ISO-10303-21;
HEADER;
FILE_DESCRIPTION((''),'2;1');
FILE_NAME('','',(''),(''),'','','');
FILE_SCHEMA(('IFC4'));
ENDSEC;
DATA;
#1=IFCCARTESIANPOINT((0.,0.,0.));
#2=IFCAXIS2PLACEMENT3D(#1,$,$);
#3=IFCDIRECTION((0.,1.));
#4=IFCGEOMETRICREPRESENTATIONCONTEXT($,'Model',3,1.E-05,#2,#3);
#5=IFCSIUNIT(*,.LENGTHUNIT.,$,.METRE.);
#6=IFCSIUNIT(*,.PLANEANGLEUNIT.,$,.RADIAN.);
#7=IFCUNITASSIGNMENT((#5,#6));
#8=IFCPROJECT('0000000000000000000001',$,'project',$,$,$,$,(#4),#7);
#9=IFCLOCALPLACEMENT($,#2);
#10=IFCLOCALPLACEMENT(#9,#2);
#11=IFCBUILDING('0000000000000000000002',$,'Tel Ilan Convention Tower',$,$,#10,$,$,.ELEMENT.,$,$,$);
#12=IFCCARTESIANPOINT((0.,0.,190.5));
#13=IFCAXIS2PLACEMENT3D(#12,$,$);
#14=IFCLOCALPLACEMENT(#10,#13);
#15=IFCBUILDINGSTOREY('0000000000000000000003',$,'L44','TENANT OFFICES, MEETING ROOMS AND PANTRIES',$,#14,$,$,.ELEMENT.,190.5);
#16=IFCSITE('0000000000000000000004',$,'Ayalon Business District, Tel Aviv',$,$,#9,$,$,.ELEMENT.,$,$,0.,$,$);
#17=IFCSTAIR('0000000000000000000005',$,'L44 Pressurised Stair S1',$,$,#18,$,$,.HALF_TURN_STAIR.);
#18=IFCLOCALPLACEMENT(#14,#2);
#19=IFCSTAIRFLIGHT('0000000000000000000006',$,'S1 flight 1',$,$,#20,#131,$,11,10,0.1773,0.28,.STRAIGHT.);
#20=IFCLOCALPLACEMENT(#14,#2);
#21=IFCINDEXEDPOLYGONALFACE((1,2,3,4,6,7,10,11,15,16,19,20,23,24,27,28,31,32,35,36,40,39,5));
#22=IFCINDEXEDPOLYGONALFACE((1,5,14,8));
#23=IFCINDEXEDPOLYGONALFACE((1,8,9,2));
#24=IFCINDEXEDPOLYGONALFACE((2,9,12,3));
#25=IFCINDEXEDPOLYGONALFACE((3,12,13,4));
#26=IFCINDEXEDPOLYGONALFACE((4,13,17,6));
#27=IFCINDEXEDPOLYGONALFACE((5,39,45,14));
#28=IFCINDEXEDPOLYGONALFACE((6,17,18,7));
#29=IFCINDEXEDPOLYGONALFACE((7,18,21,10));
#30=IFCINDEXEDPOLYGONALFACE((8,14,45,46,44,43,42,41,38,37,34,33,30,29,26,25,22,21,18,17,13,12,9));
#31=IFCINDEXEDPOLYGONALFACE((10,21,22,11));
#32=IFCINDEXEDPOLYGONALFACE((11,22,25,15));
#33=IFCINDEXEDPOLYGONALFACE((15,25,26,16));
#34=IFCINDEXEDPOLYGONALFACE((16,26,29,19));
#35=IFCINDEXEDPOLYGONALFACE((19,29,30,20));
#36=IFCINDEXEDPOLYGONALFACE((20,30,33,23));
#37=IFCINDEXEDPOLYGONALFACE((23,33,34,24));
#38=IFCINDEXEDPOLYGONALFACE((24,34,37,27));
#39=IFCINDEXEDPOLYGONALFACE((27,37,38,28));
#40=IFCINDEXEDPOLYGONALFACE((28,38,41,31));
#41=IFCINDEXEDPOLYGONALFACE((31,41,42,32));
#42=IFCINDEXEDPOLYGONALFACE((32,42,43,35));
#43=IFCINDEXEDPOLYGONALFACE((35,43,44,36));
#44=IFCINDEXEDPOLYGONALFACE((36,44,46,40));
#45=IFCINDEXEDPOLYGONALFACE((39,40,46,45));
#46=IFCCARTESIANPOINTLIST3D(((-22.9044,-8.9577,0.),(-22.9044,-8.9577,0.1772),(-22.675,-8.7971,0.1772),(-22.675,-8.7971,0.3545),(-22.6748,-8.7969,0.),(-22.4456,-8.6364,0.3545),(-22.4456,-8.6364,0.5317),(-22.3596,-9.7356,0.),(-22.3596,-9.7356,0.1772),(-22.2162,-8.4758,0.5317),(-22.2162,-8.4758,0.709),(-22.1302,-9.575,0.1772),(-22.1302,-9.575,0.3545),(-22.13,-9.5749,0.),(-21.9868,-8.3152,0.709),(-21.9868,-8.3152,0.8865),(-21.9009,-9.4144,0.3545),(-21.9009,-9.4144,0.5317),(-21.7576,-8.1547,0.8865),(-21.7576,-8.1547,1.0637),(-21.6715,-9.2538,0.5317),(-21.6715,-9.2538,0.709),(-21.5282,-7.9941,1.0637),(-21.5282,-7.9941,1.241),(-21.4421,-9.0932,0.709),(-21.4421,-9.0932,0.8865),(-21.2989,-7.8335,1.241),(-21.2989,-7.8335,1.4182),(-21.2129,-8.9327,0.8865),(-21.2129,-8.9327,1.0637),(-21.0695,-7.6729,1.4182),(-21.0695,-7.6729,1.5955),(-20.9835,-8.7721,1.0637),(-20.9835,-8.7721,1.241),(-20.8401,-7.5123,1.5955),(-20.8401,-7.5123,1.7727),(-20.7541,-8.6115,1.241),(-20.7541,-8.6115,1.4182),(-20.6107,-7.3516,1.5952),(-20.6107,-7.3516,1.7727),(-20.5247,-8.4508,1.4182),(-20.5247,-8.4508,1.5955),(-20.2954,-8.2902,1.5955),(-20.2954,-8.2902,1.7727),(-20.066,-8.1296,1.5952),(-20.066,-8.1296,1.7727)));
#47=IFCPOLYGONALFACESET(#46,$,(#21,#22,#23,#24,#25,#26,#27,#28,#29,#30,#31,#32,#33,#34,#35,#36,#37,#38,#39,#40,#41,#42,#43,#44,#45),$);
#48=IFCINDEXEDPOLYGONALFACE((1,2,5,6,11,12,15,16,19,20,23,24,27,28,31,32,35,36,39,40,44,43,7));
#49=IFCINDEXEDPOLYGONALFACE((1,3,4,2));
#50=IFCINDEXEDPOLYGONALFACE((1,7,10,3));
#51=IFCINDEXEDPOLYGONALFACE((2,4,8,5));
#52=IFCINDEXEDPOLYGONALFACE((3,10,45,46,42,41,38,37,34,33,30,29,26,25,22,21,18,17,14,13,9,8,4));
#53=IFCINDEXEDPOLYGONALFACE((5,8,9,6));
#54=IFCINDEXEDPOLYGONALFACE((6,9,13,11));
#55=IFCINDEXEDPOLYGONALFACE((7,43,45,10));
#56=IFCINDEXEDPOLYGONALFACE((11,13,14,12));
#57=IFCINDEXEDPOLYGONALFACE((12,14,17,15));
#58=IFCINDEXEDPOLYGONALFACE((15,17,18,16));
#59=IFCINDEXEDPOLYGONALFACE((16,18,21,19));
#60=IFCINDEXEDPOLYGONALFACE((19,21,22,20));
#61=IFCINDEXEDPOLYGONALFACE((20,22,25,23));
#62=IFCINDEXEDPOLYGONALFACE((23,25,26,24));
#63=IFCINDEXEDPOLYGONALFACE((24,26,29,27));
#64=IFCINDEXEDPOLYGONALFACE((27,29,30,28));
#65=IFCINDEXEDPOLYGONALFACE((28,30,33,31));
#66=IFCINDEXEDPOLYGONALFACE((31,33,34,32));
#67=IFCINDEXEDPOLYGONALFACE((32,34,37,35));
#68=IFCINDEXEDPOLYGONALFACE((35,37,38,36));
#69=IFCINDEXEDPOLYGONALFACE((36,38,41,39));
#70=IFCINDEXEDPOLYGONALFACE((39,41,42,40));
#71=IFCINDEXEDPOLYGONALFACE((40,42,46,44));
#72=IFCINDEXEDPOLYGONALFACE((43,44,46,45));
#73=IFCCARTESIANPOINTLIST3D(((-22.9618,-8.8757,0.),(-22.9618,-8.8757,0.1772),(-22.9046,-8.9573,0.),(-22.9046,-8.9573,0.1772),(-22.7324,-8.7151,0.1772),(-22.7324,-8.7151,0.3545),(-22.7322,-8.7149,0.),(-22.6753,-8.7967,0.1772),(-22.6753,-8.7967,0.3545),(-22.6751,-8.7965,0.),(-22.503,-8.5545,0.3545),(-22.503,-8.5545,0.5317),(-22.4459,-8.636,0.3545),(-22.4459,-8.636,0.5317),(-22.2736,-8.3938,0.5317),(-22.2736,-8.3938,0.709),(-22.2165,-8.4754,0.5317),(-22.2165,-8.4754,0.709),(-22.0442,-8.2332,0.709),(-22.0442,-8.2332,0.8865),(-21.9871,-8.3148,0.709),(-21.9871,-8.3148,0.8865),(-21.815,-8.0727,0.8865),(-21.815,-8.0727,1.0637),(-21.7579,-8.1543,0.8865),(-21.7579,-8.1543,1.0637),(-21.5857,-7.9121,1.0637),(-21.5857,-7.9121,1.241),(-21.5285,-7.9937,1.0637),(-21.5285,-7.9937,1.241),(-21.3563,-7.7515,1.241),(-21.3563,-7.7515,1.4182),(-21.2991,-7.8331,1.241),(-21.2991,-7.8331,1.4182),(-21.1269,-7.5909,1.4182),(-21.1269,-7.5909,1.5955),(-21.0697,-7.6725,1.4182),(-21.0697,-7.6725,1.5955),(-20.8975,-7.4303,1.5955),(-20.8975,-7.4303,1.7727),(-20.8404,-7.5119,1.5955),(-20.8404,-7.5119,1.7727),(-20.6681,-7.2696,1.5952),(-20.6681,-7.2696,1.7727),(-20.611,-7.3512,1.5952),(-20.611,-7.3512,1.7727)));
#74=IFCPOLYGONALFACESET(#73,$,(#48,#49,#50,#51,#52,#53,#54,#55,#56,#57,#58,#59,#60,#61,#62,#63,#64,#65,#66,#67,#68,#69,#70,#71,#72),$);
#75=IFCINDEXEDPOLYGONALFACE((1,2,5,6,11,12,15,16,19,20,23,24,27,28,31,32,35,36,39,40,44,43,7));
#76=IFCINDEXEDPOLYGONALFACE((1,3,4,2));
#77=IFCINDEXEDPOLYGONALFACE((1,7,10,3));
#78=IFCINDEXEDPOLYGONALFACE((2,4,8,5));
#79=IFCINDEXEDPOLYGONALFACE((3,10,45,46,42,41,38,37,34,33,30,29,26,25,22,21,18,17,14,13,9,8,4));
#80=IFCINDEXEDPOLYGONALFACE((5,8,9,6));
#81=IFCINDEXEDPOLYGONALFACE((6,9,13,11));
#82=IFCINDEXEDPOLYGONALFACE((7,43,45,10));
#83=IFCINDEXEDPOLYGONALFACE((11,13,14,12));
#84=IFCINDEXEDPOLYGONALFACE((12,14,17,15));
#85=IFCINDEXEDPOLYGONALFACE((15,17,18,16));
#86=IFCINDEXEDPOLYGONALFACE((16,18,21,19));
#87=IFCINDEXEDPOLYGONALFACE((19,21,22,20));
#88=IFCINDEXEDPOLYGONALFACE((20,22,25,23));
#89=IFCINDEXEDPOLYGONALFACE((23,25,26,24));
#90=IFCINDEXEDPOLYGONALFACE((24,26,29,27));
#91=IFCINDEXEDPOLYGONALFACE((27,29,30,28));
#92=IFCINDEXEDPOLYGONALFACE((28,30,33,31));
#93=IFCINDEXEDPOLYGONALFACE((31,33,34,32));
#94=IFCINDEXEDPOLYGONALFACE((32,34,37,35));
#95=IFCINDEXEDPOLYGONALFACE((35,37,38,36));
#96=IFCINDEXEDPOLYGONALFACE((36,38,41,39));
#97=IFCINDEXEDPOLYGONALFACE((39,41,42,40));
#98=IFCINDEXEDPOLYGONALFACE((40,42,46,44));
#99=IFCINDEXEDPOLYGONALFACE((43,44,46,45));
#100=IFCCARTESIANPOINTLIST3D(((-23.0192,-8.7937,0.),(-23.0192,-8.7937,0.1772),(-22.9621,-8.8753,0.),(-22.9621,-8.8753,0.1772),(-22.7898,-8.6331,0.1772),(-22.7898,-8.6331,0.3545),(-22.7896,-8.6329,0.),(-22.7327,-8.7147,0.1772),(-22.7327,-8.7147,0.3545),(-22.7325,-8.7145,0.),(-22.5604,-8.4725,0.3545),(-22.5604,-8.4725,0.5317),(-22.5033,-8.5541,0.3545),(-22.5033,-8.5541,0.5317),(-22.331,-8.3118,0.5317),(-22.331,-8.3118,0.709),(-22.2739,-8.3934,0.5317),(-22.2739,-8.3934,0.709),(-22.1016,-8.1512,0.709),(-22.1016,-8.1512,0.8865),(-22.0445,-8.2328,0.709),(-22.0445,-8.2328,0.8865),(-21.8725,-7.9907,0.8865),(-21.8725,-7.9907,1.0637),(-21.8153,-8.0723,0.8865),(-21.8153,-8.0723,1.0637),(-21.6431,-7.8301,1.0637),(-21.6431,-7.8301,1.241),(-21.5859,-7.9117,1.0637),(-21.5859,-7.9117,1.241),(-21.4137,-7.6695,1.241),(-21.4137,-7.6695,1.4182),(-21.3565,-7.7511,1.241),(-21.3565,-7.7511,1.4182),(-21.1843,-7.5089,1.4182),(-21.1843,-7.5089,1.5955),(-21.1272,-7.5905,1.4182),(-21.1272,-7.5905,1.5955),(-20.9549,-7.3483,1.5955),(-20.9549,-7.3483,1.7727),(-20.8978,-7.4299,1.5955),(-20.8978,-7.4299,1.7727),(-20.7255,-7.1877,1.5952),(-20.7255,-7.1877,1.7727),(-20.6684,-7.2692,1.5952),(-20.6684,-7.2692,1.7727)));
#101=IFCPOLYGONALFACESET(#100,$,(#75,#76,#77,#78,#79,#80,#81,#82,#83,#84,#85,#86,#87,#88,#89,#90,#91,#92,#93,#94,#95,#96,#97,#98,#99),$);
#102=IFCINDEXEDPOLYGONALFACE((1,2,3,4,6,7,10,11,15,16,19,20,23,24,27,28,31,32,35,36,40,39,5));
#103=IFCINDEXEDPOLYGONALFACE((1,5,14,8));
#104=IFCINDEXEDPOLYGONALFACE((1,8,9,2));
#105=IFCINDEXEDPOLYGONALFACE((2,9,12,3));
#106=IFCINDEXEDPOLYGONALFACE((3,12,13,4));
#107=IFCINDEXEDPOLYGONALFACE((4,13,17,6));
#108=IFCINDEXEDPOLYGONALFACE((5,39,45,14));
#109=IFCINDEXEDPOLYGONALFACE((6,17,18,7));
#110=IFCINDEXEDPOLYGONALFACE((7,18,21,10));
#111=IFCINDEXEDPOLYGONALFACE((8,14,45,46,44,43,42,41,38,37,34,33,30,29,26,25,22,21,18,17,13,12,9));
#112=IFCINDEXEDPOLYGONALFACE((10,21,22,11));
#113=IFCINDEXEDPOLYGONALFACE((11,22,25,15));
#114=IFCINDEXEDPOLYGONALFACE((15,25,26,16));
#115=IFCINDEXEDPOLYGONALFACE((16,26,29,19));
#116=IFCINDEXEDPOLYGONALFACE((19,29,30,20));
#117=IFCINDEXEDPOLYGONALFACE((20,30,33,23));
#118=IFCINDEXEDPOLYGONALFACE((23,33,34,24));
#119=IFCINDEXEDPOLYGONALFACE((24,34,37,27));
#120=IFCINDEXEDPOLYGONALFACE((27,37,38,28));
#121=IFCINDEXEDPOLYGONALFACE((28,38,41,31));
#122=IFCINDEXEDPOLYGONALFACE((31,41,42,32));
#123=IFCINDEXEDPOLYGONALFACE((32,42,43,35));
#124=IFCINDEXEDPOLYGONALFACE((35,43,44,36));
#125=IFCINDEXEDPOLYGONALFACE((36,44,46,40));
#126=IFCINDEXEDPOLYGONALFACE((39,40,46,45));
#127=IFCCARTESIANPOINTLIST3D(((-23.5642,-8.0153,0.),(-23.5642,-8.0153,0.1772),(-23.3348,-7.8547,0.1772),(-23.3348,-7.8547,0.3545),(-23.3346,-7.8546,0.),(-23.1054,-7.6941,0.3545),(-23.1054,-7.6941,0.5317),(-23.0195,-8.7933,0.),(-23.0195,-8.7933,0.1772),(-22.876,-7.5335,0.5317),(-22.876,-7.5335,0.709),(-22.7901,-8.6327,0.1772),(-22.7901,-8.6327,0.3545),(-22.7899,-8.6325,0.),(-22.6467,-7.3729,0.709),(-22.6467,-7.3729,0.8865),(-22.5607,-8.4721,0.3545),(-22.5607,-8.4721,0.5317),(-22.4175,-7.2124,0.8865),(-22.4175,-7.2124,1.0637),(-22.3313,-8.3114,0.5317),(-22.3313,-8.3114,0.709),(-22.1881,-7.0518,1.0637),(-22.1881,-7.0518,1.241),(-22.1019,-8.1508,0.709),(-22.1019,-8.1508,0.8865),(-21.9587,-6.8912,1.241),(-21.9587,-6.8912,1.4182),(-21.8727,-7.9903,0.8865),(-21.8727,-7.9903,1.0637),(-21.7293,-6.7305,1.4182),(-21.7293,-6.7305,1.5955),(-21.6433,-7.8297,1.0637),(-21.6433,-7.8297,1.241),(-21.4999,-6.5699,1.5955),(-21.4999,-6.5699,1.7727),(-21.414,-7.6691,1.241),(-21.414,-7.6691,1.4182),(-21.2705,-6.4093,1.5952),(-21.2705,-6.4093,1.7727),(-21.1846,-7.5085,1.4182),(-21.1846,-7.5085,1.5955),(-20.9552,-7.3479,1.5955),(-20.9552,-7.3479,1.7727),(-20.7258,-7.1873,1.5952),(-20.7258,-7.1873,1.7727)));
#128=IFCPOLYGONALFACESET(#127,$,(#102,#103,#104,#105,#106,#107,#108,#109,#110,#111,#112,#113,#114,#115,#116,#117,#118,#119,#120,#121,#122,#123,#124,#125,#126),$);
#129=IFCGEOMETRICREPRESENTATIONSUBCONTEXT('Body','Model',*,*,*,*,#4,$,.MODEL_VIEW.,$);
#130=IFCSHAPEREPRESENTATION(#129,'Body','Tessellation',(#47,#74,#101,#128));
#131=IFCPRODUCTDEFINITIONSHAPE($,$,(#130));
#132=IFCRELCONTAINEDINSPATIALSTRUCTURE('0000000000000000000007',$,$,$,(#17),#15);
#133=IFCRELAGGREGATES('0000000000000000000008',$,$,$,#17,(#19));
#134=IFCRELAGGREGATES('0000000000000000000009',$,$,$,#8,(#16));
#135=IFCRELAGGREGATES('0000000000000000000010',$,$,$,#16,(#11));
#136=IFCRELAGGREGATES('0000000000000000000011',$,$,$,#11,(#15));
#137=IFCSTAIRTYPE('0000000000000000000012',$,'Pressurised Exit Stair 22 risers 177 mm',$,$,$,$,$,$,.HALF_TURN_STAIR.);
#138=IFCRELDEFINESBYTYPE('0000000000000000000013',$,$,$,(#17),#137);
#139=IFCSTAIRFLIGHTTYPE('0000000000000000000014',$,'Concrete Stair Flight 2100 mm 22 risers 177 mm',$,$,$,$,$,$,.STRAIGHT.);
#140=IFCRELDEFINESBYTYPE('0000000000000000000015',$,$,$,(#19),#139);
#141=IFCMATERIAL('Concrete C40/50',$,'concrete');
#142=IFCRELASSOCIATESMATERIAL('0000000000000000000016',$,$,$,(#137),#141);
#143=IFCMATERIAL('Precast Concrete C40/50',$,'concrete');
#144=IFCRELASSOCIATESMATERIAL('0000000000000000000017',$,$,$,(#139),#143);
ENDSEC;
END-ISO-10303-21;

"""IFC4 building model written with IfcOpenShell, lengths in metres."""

from ifc_helpers import new_model, si_unit, direction, frame, origin, place, context, subcontext, project, spatial, polyline, outline, extrude, material, type_object, element, aggregate, save


model = new_model("IFC4")

# Units and contexts
model_context = context("Model", 3, precision=1e-05, world=origin(), true_north=direction((0.0, 1.0)))
body_context = subcontext(model_context, "Body", "Model", "MODEL_VIEW")
ifc_project = project(units=[si_unit("LENGTHUNIT", "METRE"), si_unit("PLANEANGLEUNIT", "RADIAN")], contexts=[model_context])

# Site, building, storey
site_placement = place(None, origin())
site = spatial("IfcSite", under=ifc_project, at=site_placement, Name="Ayalon Business District, Tel Aviv", CompositionType="ELEMENT", RefElevation=0.0)
building_placement = place(site_placement, origin())
building = spatial("IfcBuilding", under=site, at=building_placement, Name="Tel Ilan Convention Tower", CompositionType="ELEMENT")
storey_placement = place(building_placement, frame((0.0, 0.0, 190.5)))
storey = spatial("IfcBuildingStorey", under=building, at=storey_placement, Name="L44", Description="TENANT OFFICES, MEETING ROOMS AND PANTRIES", CompositionType="ELEMENT", Elevation=190.5)

# Stair, stair flight
ifc_material_1 = material(Name="Concrete C40/50", Category="concrete")
stair_type = type_object("IfcStairType", Name="Pressurised Exit Stair 22 risers 177 mm", PredefinedType="HALF_TURN_STAIR", material=ifc_material_1)
stair_1_placement = place(storey_placement, origin())
stair_1 = element("IfcStair", 1, at=stair_1_placement, inside=storey, type_object=stair_type, Name="L44 Pressurised Stair S1", PredefinedType="HALF_TURN_STAIR")
ifc_material_2 = material(Name="Precast Concrete C40/50", Category="concrete")
stair_flight_type = type_object("IfcStairFlightType", Name="Concrete Stair Flight 2100 mm 22 risers 177 mm", PredefinedType="STRAIGHT", material=ifc_material_2)
stair_flight_1_placement = place(storey_placement, frame((-22.9619, -8.8755, 0.0), z_axis=(0.0, 0.0, 1.0), x_axis=(0.819152, 0.573576, 0.0)))
stair_flight_1 = element("IfcStairFlight", 2, at=stair_flight_1_placement, type_object=stair_flight_type, Name="S1 flight 1", NumberOfRisers=11, NumberOfTreads=10, PredefinedType="STRAIGHT", RiserHeight=0.1773, TreadLength=0.28, context=body_context, shape_type="SweptSolid", body=[
    extrude(outline(polyline([(0.0, 0.0), (0.0, 0.1772), (0.28, 0.1772), (0.28, 0.3545), (0.5601, 0.3545), (0.5601, 0.5317), (0.8401, 0.5317), (0.8401, 0.709), (1.1201, 0.709), (1.1201, 0.8865), (1.3999, 0.8865), (1.3999, 1.0637), (1.6799, 1.0637), (1.6799, 1.241), (1.96, 1.241), (1.96, 1.4182), (2.24, 1.4182), (2.24, 1.5955), (2.52, 1.5955), (2.52, 1.7727), (2.8, 1.7727), (2.8, 1.95), (2.8, 1.5952), (0.2803, 0.0), (0.0, 0.0)])), frame((0.0, -0.1003, 0.0), z_axis=(0.0, -1.0, 0.0), x_axis=(1.0, 0.0, 0.0)), (0.0, 0.0, 1.0), 0.9497),
    extrude(outline(polyline([(0.0, 0.0), (0.0, 0.1772), (0.28, 0.1772), (0.28, 0.3545), (0.5601, 0.3545), (0.5601, 0.5317), (0.8401, 0.5317), (0.8401, 0.709), (1.1201, 0.709), (1.1201, 0.8865), (1.3999, 0.8865), (1.3999, 1.0637), (1.6799, 1.0637), (1.6799, 1.241), (1.96, 1.241), (1.96, 1.4182), (2.24, 1.4182), (2.24, 1.5955), (2.52, 1.5955), (2.52, 1.7727), (2.8, 1.7727), (2.8, 1.95), (2.8, 1.5952), (0.2803, 0.0), (0.0, 0.0)])), frame((0.0, -0.0002, 0.0), z_axis=(0.0, -1.0, 0.0), x_axis=(1.0, 0.0, 0.0)), (0.0, 0.0, 1.0), 0.0996),
    extrude(outline(polyline([(0.0, 0.0), (0.0, 0.1772), (0.28, 0.1772), (0.28, 0.3545), (0.5601, 0.3545), (0.5601, 0.5317), (0.8401, 0.5317), (0.8401, 0.709), (1.1201, 0.709), (1.1201, 0.8865), (1.3999, 0.8865), (1.3999, 1.0637), (1.6799, 1.0637), (1.6799, 1.241), (1.96, 1.241), (1.96, 1.4182), (2.24, 1.4182), (2.24, 1.5955), (2.52, 1.5955), (2.52, 1.7727), (2.8, 1.7727), (2.8, 1.95), (2.8, 1.5952), (0.2803, 0.0), (0.0, 0.0)])), frame((0.0, 0.0999, 0.0), z_axis=(0.0, -1.0, 0.0), x_axis=(1.0, 0.0, 0.0)), (0.0, 0.0, 1.0), 0.0996),
    extrude(outline(polyline([(0.0, 0.0), (0.0, 0.1772), (0.28, 0.1772), (0.28, 0.3545), (0.5601, 0.3545), (0.5601, 0.5317), (0.8401, 0.5317), (0.8401, 0.709), (1.1201, 0.709), (1.1201, 0.8865), (1.3999, 0.8865), (1.3999, 1.0637), (1.6799, 1.0637), (1.6799, 1.241), (1.96, 1.241), (1.96, 1.4182), (2.24, 1.4182), (2.24, 1.5955), (2.52, 1.5955), (2.52, 1.7727), (2.8, 1.7727), (2.8, 1.95), (2.8, 1.5952), (0.2803, 0.0), (0.0, 0.0)])), frame((0.0, 1.05, 0.0), z_axis=(0.0, -1.0, 0.0), x_axis=(1.0, 0.0, 0.0)), (0.0, 0.0, 1.0), 0.9497),
])
aggregate(stair_1, [stair_flight_1])

save(model, "model.ifc")
